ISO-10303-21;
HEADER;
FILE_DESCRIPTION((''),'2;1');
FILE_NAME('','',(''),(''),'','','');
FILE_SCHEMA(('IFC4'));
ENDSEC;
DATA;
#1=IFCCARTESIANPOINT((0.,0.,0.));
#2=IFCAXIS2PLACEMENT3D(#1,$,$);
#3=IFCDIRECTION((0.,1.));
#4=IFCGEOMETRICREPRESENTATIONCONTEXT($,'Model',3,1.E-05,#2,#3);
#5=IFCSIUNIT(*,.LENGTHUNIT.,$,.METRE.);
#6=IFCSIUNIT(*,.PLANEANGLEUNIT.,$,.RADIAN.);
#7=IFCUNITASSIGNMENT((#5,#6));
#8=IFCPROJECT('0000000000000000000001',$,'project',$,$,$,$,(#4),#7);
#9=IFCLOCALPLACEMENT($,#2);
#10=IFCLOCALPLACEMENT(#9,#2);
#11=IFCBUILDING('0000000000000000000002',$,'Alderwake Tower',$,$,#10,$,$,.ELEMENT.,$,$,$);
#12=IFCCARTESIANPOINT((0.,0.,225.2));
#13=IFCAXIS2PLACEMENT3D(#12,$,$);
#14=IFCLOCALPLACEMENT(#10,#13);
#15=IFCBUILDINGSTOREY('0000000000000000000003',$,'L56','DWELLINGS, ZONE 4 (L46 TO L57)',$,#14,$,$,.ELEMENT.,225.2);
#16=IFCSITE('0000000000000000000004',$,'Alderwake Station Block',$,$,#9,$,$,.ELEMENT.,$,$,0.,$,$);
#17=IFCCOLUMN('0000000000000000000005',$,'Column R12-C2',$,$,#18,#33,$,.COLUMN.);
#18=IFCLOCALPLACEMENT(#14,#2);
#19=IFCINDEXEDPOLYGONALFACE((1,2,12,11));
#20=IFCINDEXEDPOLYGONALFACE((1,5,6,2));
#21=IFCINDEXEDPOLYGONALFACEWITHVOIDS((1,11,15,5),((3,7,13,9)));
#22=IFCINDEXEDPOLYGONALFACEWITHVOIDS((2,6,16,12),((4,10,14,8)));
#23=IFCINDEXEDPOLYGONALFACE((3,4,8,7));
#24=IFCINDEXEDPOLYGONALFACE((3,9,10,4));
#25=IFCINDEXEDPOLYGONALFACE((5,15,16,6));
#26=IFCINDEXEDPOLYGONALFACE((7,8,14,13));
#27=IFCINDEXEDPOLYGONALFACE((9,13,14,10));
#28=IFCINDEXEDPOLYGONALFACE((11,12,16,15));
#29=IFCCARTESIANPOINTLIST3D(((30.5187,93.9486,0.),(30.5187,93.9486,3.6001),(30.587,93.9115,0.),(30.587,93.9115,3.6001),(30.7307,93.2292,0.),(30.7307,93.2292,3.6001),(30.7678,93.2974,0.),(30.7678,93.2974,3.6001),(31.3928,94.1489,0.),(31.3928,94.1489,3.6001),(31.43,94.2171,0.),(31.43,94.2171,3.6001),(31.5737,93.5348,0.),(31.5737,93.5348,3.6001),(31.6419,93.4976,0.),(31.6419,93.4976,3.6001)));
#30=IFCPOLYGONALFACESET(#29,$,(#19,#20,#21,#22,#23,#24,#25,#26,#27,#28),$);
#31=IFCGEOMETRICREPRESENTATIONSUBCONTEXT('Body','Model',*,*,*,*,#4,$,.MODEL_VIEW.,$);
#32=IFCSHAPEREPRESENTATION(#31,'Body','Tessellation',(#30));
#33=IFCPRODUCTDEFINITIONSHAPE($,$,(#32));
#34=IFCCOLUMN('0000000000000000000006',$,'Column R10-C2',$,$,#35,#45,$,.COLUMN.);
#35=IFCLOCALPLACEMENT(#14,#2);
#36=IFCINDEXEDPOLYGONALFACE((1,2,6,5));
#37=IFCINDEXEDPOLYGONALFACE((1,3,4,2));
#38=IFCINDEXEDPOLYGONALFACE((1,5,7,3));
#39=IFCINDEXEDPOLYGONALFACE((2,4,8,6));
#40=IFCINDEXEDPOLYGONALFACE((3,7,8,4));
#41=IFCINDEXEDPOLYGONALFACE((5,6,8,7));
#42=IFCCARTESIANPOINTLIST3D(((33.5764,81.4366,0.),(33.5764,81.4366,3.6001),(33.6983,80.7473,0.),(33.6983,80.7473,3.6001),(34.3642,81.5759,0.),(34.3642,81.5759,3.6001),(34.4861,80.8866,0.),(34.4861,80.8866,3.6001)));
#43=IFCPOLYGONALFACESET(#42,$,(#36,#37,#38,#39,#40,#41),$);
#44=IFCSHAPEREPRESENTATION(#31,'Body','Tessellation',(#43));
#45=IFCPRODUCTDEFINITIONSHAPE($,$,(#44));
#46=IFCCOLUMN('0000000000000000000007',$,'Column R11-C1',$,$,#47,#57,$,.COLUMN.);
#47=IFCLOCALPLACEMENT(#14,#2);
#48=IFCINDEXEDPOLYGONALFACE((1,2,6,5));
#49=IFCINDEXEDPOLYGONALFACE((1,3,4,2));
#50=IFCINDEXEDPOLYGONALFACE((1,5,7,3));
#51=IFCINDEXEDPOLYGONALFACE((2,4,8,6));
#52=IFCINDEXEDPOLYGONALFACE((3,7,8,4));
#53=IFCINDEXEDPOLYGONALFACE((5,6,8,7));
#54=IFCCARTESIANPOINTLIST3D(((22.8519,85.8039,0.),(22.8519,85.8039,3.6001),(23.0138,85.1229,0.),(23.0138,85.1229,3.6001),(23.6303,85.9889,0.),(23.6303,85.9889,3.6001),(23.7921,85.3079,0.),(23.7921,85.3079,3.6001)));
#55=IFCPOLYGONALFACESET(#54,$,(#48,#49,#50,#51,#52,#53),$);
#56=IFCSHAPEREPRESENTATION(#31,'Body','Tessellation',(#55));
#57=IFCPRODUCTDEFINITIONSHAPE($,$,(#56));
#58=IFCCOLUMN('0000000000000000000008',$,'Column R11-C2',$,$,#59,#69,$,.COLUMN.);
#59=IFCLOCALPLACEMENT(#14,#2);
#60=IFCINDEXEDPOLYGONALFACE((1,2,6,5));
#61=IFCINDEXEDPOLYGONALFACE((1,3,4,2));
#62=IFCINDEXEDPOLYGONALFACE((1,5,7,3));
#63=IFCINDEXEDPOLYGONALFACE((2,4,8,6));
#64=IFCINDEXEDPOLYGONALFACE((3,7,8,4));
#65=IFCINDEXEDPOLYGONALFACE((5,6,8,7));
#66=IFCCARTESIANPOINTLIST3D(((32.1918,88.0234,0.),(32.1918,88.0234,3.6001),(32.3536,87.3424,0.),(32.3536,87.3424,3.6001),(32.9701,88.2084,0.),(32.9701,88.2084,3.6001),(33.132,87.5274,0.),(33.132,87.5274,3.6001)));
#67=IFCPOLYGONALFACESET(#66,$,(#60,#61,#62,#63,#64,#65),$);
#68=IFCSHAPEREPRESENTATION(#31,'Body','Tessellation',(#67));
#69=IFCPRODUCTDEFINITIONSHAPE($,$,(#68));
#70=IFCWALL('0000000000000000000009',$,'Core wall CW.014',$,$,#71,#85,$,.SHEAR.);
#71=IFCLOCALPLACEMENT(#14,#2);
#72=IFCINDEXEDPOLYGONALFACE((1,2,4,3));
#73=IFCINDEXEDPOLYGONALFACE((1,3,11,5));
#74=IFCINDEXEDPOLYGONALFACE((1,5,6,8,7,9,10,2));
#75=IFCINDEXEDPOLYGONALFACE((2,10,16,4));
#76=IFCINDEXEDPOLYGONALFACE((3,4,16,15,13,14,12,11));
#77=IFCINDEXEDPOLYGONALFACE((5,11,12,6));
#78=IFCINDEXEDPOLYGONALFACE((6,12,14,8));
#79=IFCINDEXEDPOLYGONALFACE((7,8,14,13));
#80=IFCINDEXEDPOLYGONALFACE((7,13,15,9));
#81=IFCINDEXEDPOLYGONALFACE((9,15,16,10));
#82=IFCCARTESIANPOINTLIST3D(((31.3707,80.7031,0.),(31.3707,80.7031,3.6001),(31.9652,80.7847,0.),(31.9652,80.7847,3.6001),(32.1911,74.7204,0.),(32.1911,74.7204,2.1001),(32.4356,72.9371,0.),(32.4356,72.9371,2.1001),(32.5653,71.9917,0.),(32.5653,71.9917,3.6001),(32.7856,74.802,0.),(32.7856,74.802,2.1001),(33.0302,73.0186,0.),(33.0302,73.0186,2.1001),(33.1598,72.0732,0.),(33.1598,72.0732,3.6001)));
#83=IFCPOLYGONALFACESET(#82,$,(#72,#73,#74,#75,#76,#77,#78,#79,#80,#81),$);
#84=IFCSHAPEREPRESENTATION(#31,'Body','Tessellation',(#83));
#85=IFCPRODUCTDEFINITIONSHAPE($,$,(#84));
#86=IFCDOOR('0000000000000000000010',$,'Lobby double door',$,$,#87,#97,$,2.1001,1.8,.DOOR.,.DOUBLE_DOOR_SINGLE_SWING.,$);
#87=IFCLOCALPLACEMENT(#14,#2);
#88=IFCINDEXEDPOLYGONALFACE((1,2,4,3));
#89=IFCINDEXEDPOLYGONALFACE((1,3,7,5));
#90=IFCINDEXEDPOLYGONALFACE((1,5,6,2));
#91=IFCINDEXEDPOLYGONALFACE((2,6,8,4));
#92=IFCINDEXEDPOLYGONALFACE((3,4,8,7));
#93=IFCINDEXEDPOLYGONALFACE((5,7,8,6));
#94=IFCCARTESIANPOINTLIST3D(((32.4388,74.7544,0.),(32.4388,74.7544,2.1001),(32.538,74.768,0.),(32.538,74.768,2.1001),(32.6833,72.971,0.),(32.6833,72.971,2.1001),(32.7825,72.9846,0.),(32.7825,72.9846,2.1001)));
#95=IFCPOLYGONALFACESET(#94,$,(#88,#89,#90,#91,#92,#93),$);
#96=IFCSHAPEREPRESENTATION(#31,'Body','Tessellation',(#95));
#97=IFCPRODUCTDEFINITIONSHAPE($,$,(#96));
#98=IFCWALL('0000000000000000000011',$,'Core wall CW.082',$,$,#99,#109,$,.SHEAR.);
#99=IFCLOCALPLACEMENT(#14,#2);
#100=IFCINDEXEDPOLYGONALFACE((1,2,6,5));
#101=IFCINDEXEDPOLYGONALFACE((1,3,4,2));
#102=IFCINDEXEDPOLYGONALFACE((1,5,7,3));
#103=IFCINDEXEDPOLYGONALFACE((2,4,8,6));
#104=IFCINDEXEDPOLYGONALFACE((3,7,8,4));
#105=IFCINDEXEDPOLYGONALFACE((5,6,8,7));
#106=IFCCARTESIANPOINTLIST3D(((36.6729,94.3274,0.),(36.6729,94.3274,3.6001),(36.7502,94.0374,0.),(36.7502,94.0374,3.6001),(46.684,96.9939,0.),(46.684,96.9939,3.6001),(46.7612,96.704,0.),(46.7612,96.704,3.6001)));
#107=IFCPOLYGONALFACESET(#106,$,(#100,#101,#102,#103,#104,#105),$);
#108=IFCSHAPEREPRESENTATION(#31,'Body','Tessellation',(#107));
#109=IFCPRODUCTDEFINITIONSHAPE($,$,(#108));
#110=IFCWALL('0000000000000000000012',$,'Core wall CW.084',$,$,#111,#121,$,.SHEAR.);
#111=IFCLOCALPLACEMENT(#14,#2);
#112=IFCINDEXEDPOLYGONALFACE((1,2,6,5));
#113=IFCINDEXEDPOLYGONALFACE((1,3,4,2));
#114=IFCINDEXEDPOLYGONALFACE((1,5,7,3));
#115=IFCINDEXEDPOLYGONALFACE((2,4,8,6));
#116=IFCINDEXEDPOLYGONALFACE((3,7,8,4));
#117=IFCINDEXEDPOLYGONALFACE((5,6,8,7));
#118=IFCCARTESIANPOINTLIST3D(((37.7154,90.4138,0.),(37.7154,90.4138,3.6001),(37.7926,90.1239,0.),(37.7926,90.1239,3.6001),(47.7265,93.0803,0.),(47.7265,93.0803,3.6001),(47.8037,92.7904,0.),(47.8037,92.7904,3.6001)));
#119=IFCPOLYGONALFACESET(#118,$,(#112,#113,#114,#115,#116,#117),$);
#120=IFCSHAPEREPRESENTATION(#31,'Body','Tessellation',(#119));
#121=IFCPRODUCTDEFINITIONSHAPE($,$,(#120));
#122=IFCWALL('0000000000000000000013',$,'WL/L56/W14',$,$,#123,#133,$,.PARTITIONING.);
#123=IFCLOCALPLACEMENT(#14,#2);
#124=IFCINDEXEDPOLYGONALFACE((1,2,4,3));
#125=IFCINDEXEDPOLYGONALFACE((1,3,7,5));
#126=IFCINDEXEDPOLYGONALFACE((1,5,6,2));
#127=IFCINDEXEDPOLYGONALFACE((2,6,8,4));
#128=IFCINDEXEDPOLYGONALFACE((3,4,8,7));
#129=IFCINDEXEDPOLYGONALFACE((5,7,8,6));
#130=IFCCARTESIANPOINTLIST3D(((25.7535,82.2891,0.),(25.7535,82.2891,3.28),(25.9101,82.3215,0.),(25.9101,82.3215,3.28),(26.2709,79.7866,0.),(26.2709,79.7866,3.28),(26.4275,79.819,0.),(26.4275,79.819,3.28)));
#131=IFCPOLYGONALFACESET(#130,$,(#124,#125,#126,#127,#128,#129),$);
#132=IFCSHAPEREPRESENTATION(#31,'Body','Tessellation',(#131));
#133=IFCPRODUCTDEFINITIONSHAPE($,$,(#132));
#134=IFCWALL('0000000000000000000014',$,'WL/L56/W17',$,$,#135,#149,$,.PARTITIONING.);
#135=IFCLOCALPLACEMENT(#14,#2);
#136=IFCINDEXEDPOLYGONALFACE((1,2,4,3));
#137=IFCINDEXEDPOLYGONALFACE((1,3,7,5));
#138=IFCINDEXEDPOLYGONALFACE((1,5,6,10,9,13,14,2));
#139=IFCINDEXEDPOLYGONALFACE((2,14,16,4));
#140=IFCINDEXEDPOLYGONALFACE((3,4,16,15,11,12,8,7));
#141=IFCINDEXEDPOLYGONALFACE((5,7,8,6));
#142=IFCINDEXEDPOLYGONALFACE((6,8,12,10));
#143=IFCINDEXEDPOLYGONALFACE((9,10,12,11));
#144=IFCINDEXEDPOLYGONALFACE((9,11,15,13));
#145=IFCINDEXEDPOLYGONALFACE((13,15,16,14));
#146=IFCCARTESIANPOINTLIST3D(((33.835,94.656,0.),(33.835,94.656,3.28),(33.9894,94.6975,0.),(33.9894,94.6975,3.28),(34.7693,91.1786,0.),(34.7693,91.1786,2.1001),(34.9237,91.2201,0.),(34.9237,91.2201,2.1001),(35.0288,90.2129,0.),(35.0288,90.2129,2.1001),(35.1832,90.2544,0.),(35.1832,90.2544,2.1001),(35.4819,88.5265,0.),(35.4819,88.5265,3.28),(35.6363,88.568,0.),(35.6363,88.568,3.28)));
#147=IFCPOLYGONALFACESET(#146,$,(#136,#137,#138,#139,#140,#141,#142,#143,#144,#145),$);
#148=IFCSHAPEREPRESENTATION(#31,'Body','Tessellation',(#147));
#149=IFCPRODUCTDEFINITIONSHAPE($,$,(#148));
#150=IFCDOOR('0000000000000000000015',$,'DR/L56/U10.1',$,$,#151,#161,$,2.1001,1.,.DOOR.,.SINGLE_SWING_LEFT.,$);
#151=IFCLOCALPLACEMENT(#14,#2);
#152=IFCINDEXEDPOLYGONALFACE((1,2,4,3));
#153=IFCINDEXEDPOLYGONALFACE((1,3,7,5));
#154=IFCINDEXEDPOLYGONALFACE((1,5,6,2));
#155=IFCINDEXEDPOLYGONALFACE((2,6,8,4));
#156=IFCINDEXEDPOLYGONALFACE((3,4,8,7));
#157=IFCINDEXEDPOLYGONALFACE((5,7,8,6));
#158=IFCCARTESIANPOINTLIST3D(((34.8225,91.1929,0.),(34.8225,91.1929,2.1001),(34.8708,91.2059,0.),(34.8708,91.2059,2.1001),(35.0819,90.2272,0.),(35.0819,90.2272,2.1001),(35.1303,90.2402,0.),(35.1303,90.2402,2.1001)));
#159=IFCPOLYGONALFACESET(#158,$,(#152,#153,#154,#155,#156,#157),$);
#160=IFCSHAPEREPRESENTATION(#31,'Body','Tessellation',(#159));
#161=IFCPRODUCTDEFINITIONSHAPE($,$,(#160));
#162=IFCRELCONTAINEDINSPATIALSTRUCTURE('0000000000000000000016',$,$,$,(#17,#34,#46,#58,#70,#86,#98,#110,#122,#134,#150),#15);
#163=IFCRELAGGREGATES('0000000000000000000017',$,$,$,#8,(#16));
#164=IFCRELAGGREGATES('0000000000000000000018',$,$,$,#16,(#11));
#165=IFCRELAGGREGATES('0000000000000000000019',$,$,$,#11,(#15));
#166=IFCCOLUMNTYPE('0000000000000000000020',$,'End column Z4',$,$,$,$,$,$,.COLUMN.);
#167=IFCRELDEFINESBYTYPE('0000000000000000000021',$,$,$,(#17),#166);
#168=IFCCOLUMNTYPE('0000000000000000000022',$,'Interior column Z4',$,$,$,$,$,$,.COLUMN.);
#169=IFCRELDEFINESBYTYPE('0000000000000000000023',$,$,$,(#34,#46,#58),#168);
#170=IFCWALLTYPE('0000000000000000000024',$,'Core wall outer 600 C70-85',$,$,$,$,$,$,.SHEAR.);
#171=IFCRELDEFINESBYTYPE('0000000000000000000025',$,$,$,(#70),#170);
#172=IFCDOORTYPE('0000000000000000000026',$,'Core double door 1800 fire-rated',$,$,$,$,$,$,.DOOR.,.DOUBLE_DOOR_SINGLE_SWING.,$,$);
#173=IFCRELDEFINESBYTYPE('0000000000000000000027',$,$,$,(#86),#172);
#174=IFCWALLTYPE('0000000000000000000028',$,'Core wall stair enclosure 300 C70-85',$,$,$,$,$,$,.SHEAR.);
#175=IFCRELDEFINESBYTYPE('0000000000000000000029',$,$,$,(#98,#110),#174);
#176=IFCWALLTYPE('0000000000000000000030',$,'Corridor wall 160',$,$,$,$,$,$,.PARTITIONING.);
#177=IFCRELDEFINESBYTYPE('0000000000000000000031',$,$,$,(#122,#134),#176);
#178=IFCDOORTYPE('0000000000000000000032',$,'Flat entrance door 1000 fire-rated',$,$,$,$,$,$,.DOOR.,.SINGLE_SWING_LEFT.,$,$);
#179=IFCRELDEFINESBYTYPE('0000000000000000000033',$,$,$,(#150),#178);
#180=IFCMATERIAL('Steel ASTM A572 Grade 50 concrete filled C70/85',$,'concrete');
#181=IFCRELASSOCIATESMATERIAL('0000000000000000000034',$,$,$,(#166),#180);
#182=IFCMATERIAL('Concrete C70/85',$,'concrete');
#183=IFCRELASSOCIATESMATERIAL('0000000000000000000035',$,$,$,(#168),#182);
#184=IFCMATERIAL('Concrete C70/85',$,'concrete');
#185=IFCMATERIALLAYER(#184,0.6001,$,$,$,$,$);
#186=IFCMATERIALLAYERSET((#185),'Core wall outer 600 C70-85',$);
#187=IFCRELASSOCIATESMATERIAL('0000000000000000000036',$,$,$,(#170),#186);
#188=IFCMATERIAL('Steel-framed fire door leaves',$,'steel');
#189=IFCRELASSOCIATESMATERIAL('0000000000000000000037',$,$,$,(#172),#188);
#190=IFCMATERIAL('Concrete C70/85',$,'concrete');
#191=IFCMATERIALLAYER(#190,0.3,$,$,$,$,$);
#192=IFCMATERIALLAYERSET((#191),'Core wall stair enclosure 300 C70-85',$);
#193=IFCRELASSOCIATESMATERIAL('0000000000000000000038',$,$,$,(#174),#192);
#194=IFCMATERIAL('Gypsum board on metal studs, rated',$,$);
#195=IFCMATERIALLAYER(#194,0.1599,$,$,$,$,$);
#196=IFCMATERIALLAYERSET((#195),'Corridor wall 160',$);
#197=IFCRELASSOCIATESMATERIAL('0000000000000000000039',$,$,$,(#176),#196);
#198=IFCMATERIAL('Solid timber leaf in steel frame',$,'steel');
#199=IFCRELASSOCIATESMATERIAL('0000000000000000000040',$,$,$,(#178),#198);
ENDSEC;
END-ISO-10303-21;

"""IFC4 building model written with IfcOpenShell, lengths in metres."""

from ifc_helpers import new_model, si_unit, direction, frame, frame_2d, origin, origin_2d, place, context, subcontext, project, spatial, rectangle, hollow_rectangle, extrude, material, layer, layer_set, material_profile, profile_set, type_object, element, fill, save


model = new_model("IFC4")

# Units and contexts
model_context = context("Model", 3, precision=1e-05, world=origin(), true_north=direction((0.0, 1.0)))
body_context = subcontext(model_context, "Body", "Model", "MODEL_VIEW")
ifc_project = project(units=[si_unit("LENGTHUNIT", "METRE"), si_unit("PLANEANGLEUNIT", "RADIAN")], contexts=[model_context])

# Site, building, storey
site_placement = place(None, origin())
site = spatial("IfcSite", under=ifc_project, at=site_placement, Name="Alderwake Station Block", CompositionType="ELEMENT", RefElevation=0.0)
building_placement = place(site_placement, origin())
building = spatial("IfcBuilding", under=site, at=building_placement, Name="Alderwake Tower", CompositionType="ELEMENT")
storey_placement = place(building_placement, frame((0.0, 0.0, 225.2)))
storey = spatial("IfcBuildingStorey", under=building, at=storey_placement, Name="L56", Description="DWELLINGS, ZONE 4 (L46 TO L57)", CompositionType="ELEMENT", Elevation=225.2)

# Columns
ifc_material_1 = material(Name="Steel ASTM A572 Grade 50 concrete filled C70/85", Category="concrete")
ifc_material_profile_1 = material_profile(ifc_material_1, hollow_rectangle(XDim=0.75, YDim=0.95, WallThickness=0.0549, at=origin_2d()), Name="BOX 950X750X55")
ifc_profile_set_1 = profile_set([ifc_material_profile_1], Name="Steel ASTM A572 Grade 50 concrete filled C70/85")
column_type_1 = type_object("IfcColumnType", Name="End column Z4", PredefinedType="COLUMN", material=ifc_profile_set_1)
column_placement = place(storey_placement, frame((31.0803, 93.7231, 0.0), z_axis=(0.0, 0.0, 1.0), x_axis=(-0.282583, 0.959243, 0.0)))
element("IfcColumn", 1, at=column_placement, inside=storey, type_object=column_type_1, Name="Column R12-C2", PredefinedType="COLUMN", context=body_context, shape_type="SweptSolid", body=[
    extrude(hollow_rectangle(XDim=0.75, YDim=0.95, WallThickness=0.0549, at=origin_2d()), origin(), (0.0, 0.0, 1.0), 3.6001),
])
ifc_material_2 = material(Name="Concrete C70/85", Category="concrete")
ifc_material_profile_2 = material_profile(ifc_material_2, rectangle(XDim=0.7, YDim=0.8, at=origin_2d()), Name="RC 800X700")
ifc_profile_set_2 = profile_set([ifc_material_profile_2], Name="Concrete C70/85")
column_type_2 = type_object("IfcColumnType", Name="Interior column Z4", PredefinedType="COLUMN", material=ifc_profile_set_2)
for number, where, z_axis, x_axis, name in (
    (2, (34.0312, 81.1616, 0.0), (0.0, 0.0, 1.0), (-0.174109, 0.984726, 0.0), "Column R10-C2"),
    (3, (23.322, 85.5559, 0.0), (0.0, 0.0, 1.0), (-0.231222, 0.972901, 0.0), "Column R11-C1"),
    (4, (32.6619, 87.7754, 0.0), (0.0, 0.0, 1.0), (-0.231222, 0.972901, 0.0), "Column R11-C2"),
):
    element("IfcColumn", number, at=place(storey_placement, frame(where, z_axis=z_axis, x_axis=x_axis)), inside=storey, type_object=column_type_2, Name=name, PredefinedType="COLUMN", context=body_context, shape_type="SweptSolid", body=[
        extrude(rectangle(XDim=0.7, YDim=0.8, at=origin_2d()), origin(), (0.0, 0.0, 1.0), 3.6001),
    ])

# Wall, opening, door
ifc_material_3 = material(Name="Concrete C70/85", Category="concrete")
ifc_layer_1 = layer(ifc_material_3, 0.6001)
ifc_layer_set_1 = layer_set([ifc_layer_1], Name="Core wall outer 600 C70-85")
wall_type_1 = type_object("IfcWallType", Name="Core wall outer 600 C70-85", PredefinedType="SHEAR", material=ifc_layer_set_1)
wall_1_placement = place(storey_placement, frame((31.668, 80.7439, 0.0), z_axis=(0.0, 0.0, 1.0), x_axis=(0.135857, -0.990729, 0.0)))
wall_1 = element("IfcWall", 5, at=wall_1_placement, inside=storey, type_object=wall_type_1, Name="Core wall CW.014", PredefinedType="SHEAR", context=body_context, shape_type="SweptSolid", body=[
    extrude(rectangle(XDim=8.793, YDim=0.6001, at=frame_2d((4.3965, 0.0))), origin(), (0.0, 0.0, 1.0), 3.6001),
])
opening_1_placement = place(wall_1_placement, frame((6.0388, 0.0, 0.0)))
opening_1 = element("IfcOpeningElement", 6, at=opening_1_placement, cuts=wall_1, PredefinedType="OPENING", context=body_context, shape_type="SweptSolid", body=[
    extrude(rectangle(XDim=1.8, YDim=2.1001, at=frame_2d((0.8999, 1.05))), frame((0.0, 0.3101, 0.0), z_axis=(0.0, -1.0, 0.0), x_axis=(1.0, 0.0, 0.0)), (0.0, 0.0, 1.0), 0.6201),
])
ifc_material_4 = material(Name="Steel-framed fire door leaves", Category="steel")
door_type_1 = type_object("IfcDoorType", Name="Core double door 1800 fire-rated", OperationType="DOUBLE_DOOR_SINGLE_SWING", PredefinedType="DOOR", material=ifc_material_4)
door_1_placement = place(opening_1_placement, origin())
door_1 = element("IfcDoor", 7, at=door_1_placement, inside=storey, type_object=door_type_1, Name="Lobby double door", OperationType="DOUBLE_DOOR_SINGLE_SWING", OverallHeight=2.1001, OverallWidth=1.8, PredefinedType="DOOR", context=body_context, shape_type="SweptSolid", body=[
    extrude(rectangle(XDim=1.8, YDim=2.1001, at=frame_2d((0.8999, 1.05))), frame((0.0, 0.05, 0.0), z_axis=(0.0, -1.0, 0.0), x_axis=(1.0, 0.0, 0.0)), (0.0, 0.0, 1.0), 0.1001),
])
fill(opening_1, door_1)

# Walls
ifc_material_5 = material(Name="Concrete C70/85", Category="concrete")
ifc_layer_2 = layer(ifc_material_5, 0.3)
ifc_layer_set_2 = layer_set([ifc_layer_2], Name="Core wall stair enclosure 300 C70-85")
wall_type_2 = type_object("IfcWallType", Name="Core wall stair enclosure 300 C70-85", PredefinedType="SHEAR", material=ifc_layer_set_2)
for number, where, z_axis, x_axis, name in (
    (8, (36.7114, 94.1824, 0.0), (0.0, 0.0, 1.0), (0.966309, 0.257384, 0.0), "Core wall CW.082"),
    (9, (37.7539, 90.2688, 0.0), (0.0, 0.0, 1.0), (0.966309, 0.257384, 0.0), "Core wall CW.084"),
):
    element("IfcWall", number, at=place(storey_placement, frame(where, z_axis=z_axis, x_axis=x_axis)), inside=storey, type_object=wall_type_2, Name=name, PredefinedType="SHEAR", context=body_context, shape_type="SweptSolid", body=[
        extrude(rectangle(XDim=10.3601, YDim=0.3, at=frame_2d((5.1802, 0.0))), origin(), (0.0, 0.0, 1.0), 3.6001),
    ])
ifc_material_6 = material(Name="Gypsum board on metal studs, rated")
ifc_layer_3 = layer(ifc_material_6, 0.1599)
ifc_layer_set_3 = layer_set([ifc_layer_3], Name="Corridor wall 160")
wall_type_3 = type_object("IfcWallType", Name="Corridor wall 160", PredefinedType="PARTITIONING", material=ifc_layer_set_3)
wall_2_placement = place(storey_placement, frame((25.8318, 82.3054, 0.0), z_axis=(0.0, 0.0, 1.0), x_axis=(0.202451, -0.979292, 0.0)))
element("IfcWall", 10, at=wall_2_placement, inside=storey, type_object=wall_type_3, Name="WL/L56/W14", PredefinedType="PARTITIONING", context=body_context, shape_type="SweptSolid", body=[
    extrude(rectangle(XDim=2.5554, YDim=0.1599, at=frame_2d((1.2778, 0.0))), origin(), (0.0, 0.0, 1.0), 3.28),
])

# Wall, opening, door
wall_3_placement = place(storey_placement, frame((35.5591, 88.5474, 0.0), z_axis=(0.0, 0.0, 1.0), x_axis=(-0.259486, 0.965747, 0.0)))
wall_3 = element("IfcWall", 11, at=wall_3_placement, inside=storey, type_object=wall_type_3, Name="WL/L56/W17", PredefinedType="PARTITIONING", context=body_context, shape_type="SweptSolid", body=[
    extrude(rectangle(XDim=6.3469, YDim=0.1599, at=frame_2d((3.1733, 0.0))), origin(), (0.0, 0.0, 1.0), 3.28),
])
opening_2_placement = place(wall_3_placement, frame((1.7461, 0.0, 0.0)))
opening_2 = element("IfcOpeningElement", 12, at=opening_2_placement, cuts=wall_3, PredefinedType="OPENING", context=body_context, shape_type="SweptSolid", body=[
    extrude(rectangle(XDim=1.0, YDim=2.1001, at=frame_2d((0.5, 1.05))), frame((0.0, 0.0898, 0.0), z_axis=(0.0, -1.0, 0.0), x_axis=(1.0, 0.0, 0.0)), (0.0, 0.0, 1.0), 0.1799),
])
ifc_material_7 = material(Name="Solid timber leaf in steel frame", Category="steel")
door_type_2 = type_object("IfcDoorType", Name="Flat entrance door 1000 fire-rated", OperationType="SINGLE_SWING_LEFT", PredefinedType="DOOR", material=ifc_material_7)
door_2_placement = place(opening_2_placement, origin())
door_2 = element("IfcDoor", 13, at=door_2_placement, inside=storey, type_object=door_type_2, Name="DR/L56/U10.1", OperationType="SINGLE_SWING_LEFT", OverallHeight=2.1001, OverallWidth=1.0, PredefinedType="DOOR", context=body_context, shape_type="SweptSolid", body=[
    extrude(rectangle(XDim=1.0, YDim=2.1001, at=frame_2d((0.5, 1.05))), frame((0.0, 0.0249, 0.0), z_axis=(0.0, -1.0, 0.0), x_axis=(1.0, 0.0, 0.0)), (0.0, 0.0, 1.0), 0.05),
])
fill(opening_2, door_2)

save(model, "model.ifc")
